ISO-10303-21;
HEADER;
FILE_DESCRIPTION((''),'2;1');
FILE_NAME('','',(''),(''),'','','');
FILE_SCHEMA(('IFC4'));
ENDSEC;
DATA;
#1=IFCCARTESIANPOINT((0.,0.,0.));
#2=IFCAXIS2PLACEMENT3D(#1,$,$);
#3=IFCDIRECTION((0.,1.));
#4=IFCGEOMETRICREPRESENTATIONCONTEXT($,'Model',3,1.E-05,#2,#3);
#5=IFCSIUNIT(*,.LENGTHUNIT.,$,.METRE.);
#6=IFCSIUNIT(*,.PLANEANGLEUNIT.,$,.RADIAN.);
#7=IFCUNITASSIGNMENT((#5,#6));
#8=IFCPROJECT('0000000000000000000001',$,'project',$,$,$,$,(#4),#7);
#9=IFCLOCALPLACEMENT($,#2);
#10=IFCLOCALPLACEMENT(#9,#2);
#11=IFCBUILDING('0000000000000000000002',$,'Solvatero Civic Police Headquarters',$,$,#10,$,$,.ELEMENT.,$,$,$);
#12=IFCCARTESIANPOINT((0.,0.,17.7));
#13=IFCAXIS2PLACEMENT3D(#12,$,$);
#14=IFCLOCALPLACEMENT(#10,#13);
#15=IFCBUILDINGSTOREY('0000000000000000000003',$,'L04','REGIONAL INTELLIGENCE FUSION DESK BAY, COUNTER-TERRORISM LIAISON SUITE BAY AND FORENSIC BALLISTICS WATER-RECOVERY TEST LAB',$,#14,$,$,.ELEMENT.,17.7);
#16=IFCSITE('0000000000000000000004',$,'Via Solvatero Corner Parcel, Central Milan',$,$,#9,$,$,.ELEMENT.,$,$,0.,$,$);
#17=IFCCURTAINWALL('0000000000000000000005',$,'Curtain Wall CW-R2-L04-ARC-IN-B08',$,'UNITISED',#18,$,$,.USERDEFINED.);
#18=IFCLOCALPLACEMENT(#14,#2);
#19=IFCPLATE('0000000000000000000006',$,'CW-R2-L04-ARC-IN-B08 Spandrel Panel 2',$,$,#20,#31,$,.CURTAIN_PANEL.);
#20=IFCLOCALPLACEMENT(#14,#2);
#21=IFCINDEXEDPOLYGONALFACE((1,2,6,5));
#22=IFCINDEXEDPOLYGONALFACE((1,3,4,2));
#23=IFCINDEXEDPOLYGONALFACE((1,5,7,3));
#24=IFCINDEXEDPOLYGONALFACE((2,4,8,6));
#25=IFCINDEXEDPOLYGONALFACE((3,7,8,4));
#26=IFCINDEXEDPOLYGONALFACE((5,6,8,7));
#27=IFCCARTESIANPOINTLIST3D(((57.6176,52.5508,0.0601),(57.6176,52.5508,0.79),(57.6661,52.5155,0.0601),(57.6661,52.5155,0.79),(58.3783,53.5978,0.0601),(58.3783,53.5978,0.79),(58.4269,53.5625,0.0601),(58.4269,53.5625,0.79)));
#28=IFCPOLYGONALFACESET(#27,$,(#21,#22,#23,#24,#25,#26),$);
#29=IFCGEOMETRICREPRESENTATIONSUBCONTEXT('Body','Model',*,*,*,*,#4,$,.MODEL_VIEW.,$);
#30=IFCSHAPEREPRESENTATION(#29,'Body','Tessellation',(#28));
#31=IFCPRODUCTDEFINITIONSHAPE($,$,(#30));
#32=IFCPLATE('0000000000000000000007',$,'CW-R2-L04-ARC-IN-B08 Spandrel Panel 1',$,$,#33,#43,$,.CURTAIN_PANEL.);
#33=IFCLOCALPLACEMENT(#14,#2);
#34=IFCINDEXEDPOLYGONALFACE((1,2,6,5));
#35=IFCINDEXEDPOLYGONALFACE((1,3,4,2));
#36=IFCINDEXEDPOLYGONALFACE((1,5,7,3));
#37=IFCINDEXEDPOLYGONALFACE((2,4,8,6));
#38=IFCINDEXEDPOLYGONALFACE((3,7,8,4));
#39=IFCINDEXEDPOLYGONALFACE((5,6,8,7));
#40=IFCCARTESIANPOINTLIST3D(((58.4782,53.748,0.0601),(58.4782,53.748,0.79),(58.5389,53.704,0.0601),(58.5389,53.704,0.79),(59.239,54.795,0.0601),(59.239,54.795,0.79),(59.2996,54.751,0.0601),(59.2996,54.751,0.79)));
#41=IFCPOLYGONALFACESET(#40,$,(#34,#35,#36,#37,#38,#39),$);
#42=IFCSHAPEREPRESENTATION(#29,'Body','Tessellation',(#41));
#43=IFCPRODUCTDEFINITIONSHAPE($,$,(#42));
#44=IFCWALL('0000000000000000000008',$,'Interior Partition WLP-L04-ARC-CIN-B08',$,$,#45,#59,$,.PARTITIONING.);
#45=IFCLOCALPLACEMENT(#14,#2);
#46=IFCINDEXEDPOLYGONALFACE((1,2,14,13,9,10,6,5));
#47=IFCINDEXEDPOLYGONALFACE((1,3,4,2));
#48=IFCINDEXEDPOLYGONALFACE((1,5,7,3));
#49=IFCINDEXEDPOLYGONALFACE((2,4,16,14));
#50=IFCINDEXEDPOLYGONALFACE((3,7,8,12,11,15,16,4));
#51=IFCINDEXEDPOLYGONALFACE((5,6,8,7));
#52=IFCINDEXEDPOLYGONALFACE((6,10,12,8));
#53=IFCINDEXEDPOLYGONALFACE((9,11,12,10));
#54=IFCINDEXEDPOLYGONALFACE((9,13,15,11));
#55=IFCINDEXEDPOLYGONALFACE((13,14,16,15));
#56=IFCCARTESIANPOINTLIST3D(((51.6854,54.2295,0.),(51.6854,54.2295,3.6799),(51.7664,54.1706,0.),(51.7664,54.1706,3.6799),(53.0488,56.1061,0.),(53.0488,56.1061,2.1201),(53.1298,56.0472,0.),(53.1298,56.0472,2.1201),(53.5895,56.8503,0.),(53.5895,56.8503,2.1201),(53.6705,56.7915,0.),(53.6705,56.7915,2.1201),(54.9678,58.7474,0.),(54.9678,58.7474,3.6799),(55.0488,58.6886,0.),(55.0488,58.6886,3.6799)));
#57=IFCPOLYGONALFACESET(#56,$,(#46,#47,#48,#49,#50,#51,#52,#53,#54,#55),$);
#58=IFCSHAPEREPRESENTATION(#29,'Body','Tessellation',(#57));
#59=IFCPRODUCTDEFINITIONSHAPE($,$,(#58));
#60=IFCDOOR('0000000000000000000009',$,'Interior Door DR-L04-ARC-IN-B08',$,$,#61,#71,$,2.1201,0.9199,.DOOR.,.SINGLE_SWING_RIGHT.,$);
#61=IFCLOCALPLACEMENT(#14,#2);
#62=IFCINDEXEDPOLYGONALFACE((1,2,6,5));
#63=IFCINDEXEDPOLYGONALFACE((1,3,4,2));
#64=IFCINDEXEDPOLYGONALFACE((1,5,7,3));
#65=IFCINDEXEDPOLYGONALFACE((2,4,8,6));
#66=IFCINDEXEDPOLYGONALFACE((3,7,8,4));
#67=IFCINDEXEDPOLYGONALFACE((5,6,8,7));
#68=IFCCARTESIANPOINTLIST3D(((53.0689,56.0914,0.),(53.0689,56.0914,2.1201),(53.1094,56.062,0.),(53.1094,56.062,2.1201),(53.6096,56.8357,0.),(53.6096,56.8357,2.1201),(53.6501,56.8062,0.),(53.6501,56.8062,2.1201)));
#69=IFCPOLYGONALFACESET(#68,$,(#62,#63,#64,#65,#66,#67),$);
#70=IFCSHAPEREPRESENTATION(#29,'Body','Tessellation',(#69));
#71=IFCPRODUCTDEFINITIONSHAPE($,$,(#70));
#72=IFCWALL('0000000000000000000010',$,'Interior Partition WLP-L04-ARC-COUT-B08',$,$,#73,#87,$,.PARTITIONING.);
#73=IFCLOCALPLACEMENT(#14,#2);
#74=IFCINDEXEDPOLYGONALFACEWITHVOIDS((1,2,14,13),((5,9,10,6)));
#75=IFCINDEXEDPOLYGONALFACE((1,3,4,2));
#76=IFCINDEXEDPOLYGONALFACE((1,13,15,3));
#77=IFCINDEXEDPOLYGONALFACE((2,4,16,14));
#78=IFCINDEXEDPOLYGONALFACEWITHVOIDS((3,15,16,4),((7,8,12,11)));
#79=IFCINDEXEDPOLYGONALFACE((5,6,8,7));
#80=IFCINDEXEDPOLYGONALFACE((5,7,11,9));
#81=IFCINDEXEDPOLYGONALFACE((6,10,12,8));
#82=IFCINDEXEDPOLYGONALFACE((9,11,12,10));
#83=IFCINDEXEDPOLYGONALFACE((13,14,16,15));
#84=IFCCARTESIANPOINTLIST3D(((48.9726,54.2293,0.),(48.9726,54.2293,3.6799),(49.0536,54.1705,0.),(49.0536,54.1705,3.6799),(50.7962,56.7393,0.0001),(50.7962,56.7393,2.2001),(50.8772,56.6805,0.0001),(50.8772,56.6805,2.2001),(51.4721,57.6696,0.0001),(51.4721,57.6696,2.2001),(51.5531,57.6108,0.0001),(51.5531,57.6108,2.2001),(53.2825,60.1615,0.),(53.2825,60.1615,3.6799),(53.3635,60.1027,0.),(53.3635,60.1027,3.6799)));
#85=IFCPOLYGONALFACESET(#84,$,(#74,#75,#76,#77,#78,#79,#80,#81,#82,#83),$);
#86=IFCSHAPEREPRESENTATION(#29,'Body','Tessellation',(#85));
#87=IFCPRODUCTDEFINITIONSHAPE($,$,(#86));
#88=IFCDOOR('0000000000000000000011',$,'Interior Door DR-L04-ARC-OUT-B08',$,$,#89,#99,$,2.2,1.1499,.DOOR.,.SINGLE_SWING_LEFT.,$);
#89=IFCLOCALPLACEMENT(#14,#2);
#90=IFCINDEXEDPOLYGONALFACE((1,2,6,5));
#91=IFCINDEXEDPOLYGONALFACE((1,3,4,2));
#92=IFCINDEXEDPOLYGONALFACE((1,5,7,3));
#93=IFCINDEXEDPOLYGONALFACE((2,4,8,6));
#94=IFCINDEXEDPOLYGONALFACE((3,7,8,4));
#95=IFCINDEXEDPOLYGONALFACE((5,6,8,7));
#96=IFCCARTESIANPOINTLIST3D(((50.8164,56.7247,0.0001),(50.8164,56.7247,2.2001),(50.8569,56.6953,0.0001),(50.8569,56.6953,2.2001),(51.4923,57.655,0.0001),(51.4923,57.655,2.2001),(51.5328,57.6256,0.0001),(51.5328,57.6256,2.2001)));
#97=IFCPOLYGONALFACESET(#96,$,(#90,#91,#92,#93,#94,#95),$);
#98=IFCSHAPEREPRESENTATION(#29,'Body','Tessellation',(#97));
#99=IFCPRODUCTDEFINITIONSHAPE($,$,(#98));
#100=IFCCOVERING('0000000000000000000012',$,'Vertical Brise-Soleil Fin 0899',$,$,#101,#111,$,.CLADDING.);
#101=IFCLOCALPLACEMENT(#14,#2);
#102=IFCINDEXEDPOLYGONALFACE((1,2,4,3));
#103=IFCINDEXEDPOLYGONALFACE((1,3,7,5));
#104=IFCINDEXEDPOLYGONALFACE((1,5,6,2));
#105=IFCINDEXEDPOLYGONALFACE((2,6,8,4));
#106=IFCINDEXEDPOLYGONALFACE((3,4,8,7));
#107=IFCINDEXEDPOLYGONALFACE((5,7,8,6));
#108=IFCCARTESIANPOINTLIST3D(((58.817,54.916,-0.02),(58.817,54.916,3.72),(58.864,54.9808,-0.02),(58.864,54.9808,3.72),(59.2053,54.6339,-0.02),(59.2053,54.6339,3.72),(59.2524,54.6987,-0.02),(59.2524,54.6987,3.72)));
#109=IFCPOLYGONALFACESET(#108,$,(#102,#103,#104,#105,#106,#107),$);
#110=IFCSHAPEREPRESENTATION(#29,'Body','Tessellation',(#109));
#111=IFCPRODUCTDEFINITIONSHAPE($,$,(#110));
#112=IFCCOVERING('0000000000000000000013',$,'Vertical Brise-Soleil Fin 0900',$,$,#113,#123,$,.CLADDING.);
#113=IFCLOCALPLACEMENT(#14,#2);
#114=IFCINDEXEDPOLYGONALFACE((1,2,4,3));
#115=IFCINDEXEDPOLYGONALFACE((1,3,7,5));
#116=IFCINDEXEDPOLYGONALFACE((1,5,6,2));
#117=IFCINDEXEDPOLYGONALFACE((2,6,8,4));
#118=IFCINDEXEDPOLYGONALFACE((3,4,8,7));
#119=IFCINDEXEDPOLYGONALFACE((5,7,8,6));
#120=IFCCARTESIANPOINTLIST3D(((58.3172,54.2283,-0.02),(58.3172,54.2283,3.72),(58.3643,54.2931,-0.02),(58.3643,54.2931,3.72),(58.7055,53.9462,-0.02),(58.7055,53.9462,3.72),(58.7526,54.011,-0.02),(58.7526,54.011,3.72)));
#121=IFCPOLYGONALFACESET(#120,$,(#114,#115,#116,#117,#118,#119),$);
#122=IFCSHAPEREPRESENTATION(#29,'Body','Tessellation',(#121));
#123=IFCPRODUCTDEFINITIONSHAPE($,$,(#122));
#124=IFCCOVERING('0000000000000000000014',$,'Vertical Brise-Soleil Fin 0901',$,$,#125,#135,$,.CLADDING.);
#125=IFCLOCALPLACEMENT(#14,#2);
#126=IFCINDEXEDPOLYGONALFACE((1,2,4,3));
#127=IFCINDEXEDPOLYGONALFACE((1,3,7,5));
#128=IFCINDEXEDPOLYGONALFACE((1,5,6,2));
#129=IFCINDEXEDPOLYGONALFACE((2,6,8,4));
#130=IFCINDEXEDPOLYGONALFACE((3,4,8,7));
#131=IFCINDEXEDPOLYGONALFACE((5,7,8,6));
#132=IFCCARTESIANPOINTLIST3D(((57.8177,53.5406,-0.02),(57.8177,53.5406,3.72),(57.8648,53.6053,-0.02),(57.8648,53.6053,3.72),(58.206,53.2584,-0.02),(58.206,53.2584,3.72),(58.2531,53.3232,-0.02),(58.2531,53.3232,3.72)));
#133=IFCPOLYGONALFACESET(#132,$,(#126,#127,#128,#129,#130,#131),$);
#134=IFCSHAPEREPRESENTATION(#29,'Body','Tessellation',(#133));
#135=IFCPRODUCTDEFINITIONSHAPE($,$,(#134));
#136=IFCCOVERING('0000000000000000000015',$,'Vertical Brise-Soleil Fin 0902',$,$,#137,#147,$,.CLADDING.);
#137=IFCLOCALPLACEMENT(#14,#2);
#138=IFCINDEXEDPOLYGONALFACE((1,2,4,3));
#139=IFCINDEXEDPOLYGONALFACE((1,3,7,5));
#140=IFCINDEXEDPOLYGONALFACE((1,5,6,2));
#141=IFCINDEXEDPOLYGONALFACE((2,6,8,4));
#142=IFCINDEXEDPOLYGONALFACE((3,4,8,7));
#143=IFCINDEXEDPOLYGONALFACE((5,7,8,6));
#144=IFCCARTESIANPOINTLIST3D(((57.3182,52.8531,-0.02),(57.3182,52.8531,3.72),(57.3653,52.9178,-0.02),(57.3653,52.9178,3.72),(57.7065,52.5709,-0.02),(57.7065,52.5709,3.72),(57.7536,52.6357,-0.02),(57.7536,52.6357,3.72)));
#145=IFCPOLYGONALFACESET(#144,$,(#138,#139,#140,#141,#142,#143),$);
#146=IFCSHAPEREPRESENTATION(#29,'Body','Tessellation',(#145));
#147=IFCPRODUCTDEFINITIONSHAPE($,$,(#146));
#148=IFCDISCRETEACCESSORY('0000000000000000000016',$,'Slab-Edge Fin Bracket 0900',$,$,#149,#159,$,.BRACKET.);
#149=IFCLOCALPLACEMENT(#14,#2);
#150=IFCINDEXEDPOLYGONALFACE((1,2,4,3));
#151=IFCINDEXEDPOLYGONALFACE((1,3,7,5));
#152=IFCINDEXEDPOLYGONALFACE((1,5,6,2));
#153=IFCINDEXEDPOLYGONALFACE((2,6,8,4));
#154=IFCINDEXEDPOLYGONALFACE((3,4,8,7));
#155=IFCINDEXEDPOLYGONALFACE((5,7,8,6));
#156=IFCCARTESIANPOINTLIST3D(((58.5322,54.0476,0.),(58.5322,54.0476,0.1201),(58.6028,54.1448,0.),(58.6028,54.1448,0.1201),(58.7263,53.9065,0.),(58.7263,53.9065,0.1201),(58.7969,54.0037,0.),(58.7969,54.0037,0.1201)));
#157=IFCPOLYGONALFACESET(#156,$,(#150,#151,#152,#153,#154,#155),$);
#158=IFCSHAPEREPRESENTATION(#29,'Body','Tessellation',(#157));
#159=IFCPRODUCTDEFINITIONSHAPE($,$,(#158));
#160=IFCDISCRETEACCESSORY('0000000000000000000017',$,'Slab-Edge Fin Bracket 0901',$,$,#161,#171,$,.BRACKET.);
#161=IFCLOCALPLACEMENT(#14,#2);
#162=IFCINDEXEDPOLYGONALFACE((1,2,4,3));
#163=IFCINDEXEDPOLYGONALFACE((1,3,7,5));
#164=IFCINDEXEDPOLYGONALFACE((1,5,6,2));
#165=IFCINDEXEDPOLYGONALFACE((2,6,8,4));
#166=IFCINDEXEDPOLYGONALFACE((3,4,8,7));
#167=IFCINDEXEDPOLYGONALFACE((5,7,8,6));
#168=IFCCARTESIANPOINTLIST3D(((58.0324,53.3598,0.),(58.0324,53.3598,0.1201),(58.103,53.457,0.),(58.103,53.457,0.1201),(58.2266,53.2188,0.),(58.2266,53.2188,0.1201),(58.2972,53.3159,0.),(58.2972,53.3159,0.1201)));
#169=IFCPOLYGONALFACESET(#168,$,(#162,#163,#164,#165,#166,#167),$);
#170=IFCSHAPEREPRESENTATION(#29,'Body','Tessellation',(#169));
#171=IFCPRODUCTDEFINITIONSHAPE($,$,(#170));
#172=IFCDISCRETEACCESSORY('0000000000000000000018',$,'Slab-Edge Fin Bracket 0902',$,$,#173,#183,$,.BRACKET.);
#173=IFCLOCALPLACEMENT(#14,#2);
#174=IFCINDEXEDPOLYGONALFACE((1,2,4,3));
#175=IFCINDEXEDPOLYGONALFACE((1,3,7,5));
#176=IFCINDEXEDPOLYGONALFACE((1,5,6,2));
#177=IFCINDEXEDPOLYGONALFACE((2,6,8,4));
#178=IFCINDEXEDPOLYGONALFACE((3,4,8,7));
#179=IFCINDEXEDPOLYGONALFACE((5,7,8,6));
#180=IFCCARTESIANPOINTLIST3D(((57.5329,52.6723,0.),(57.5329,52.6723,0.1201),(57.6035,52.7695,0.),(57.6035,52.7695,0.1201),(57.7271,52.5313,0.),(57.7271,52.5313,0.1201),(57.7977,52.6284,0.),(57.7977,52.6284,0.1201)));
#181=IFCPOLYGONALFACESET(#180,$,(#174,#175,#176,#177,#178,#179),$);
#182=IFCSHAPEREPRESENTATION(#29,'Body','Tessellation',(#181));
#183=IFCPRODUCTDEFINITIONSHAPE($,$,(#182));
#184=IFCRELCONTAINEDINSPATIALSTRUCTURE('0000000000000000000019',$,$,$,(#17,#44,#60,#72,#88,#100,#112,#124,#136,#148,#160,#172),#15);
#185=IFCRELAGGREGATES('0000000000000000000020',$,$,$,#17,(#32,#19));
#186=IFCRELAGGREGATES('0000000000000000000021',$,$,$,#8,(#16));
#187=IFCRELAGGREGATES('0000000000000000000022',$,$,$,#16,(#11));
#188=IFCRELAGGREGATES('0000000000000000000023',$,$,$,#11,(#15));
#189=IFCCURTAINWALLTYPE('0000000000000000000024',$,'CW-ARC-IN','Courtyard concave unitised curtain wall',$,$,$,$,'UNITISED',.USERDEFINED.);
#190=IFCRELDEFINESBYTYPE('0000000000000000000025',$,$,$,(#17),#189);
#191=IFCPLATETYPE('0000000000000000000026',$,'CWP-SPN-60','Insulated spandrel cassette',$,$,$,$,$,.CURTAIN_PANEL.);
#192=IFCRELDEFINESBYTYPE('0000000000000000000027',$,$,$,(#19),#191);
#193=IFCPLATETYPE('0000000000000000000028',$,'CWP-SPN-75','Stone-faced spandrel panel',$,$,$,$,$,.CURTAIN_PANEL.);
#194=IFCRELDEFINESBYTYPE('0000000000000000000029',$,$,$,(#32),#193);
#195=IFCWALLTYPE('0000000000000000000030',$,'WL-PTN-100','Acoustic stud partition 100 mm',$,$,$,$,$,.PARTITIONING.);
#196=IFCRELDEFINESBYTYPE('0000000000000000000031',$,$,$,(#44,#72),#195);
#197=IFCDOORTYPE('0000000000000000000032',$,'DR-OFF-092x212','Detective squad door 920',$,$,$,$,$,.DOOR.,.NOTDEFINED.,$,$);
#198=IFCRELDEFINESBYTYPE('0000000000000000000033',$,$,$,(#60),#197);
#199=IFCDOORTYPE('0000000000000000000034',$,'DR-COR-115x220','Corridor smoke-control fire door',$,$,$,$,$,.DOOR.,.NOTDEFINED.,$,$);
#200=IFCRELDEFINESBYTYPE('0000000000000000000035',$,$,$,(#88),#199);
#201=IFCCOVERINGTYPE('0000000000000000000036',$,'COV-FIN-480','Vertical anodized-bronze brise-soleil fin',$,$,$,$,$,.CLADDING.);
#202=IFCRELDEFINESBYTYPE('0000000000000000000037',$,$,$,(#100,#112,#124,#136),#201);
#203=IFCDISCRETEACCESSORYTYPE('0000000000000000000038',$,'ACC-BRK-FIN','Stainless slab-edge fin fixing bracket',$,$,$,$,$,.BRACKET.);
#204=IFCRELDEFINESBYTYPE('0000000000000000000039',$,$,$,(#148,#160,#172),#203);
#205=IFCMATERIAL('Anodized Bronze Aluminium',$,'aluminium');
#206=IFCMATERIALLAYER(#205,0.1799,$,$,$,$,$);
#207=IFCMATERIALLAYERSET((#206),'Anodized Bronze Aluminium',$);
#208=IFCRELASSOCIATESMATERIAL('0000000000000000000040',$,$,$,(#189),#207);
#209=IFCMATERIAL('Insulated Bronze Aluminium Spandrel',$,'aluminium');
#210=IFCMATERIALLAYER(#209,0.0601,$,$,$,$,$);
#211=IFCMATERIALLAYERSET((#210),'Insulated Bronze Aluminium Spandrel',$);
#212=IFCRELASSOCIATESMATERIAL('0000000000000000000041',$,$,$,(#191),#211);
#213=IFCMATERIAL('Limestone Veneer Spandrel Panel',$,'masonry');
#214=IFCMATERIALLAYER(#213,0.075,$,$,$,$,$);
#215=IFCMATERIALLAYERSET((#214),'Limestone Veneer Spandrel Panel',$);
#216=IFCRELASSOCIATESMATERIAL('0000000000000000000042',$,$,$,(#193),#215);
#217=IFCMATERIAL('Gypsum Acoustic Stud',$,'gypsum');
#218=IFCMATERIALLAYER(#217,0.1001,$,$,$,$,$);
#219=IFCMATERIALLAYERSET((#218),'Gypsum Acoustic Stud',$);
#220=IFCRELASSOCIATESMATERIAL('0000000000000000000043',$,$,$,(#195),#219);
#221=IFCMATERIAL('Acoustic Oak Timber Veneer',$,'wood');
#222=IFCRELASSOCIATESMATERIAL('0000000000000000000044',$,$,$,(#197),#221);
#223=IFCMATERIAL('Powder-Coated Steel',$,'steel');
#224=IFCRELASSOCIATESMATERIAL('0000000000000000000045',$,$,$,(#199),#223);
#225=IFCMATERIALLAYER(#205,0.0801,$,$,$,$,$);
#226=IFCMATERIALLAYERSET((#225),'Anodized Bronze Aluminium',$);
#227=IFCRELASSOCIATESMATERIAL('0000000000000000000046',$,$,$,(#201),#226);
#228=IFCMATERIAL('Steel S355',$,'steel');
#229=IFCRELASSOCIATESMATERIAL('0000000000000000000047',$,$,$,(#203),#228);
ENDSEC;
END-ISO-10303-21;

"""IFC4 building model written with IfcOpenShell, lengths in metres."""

from ifc_helpers import new_model, si_unit, direction, frame, frame_2d, origin, origin_2d, place, context, subcontext, project, spatial, rectangle, extrude, material, layer, layer_set, type_object, element, fill, aggregate, save


model = new_model("IFC4")

# Units and contexts
model_context = context("Model", 3, precision=1e-05, world=origin(), true_north=direction((0.0, 1.0)))
body_context = subcontext(model_context, "Body", "Model", "MODEL_VIEW")
ifc_project = project(units=[si_unit("LENGTHUNIT", "METRE"), si_unit("PLANEANGLEUNIT", "RADIAN")], contexts=[model_context])

# Site, building, storey
site_placement = place(None, origin())
site = spatial("IfcSite", under=ifc_project, at=site_placement, Name="Via Solvatero Corner Parcel, Central Milan", CompositionType="ELEMENT", RefElevation=0.0)
building_placement = place(site_placement, origin())
building = spatial("IfcBuilding", under=site, at=building_placement, Name="Solvatero Civic Police Headquarters", CompositionType="ELEMENT")
storey_placement = place(building_placement, frame((0.0, 0.0, 17.7)))
storey = spatial("IfcBuildingStorey", under=building, at=storey_placement, Name="L04", Description="REGIONAL INTELLIGENCE FUSION DESK BAY, COUNTER-TERRORISM LIAISON SUITE BAY AND FORENSIC BALLISTICS WATER-RECOVERY TEST LAB", CompositionType="ELEMENT", Elevation=17.7)

# Shared definitions
ifc_material_1 = material(Name="Steel S355", Category="steel")

# Curtain wall, plates
ifc_material_2 = material(Name="Anodized Bronze Aluminium", Category="aluminium")
ifc_layer_1 = layer(ifc_material_2, 0.1799)
ifc_layer_set_1 = layer_set([ifc_layer_1], Name="Anodized Bronze Aluminium")
curtain_wall_type = type_object("IfcCurtainWallType", Name="CW-ARC-IN", Description="Courtyard concave unitised curtain wall", ElementType="UNITISED", PredefinedType="USERDEFINED", material=ifc_layer_set_1)
curtain_wall_placement = place(storey_placement, origin())
curtain_wall = element("IfcCurtainWall", 1, at=curtain_wall_placement, inside=storey, type_object=curtain_wall_type, Name="Curtain Wall CW-R2-L04-ARC-IN-B08", ObjectType="UNITISED", PredefinedType="USERDEFINED")
ifc_material_3 = material(Name="Insulated Bronze Aluminium Spandrel", Category="aluminium")
ifc_layer_2 = layer(ifc_material_3, 0.0601)
ifc_layer_set_2 = layer_set([ifc_layer_2], Name="Insulated Bronze Aluminium Spandrel")
plate_type_1 = type_object("IfcPlateType", Name="CWP-SPN-60", Description="Insulated spandrel cassette", PredefinedType="CURTAIN_PANEL", material=ifc_layer_set_2)
plate_1_placement = place(storey_placement, frame((58.0222, 53.0566, 0.0601), z_axis=(0.0, 0.0, 1.0), x_axis=(-0.587799, -0.809007, 0.0)))
plate_1 = element("IfcPlate", 2, at=plate_1_placement, type_object=plate_type_1, Name="CW-R2-L04-ARC-IN-B08 Spandrel Panel 2", PredefinedType="CURTAIN_PANEL", context=body_context, shape_type="SweptSolid", body=[
    extrude(rectangle(XDim=1.2942, YDim=0.0601, at=origin_2d()), origin(), (0.0, 0.0, 1.0), 0.73),
])
ifc_material_4 = material(Name="Limestone Veneer Spandrel Panel", Category="masonry")
ifc_layer_3 = layer(ifc_material_4, 0.075)
ifc_layer_set_3 = layer_set([ifc_layer_3], Name="Limestone Veneer Spandrel Panel")
plate_type_2 = type_object("IfcPlateType", Name="CWP-SPN-75", Description="Stone-faced spandrel panel", PredefinedType="CURTAIN_PANEL", material=ifc_layer_set_3)
plate_2_placement = place(storey_placement, frame((58.8889, 54.2495, 0.0601), z_axis=(0.0, 0.0, 1.0), x_axis=(-0.587799, -0.809007, 0.0)))
plate_2 = element("IfcPlate", 3, at=plate_2_placement, type_object=plate_type_2, Name="CW-R2-L04-ARC-IN-B08 Spandrel Panel 1", PredefinedType="CURTAIN_PANEL", context=body_context, shape_type="SweptSolid", body=[
    extrude(rectangle(XDim=1.2942, YDim=0.075, at=origin_2d()), origin(), (0.0, 0.0, 1.0), 0.73),
])
aggregate(curtain_wall, [plate_2, plate_1])

# Walls, openings, doors
ifc_material_5 = material(Name="Gypsum Acoustic Stud", Category="gypsum")
ifc_layer_4 = layer(ifc_material_5, 0.1001)
ifc_layer_set_4 = layer_set([ifc_layer_4], Name="Gypsum Acoustic Stud")
wall_type = type_object("IfcWallType", Name="WL-PTN-100", Description="Acoustic stud partition 100 mm", PredefinedType="PARTITIONING", material=ifc_layer_set_4)
wall_1_placement = place(storey_placement, frame((55.0083, 58.718, 0.0), z_axis=(0.0, 0.0, 1.0), x_axis=(-0.587774, -0.809025, 0.0)))
wall_1 = element("IfcWall", 4, at=wall_1_placement, inside=storey, type_object=wall_type, Name="Interior Partition WLP-L04-ARC-CIN-B08", PredefinedType="PARTITIONING", context=body_context, shape_type="SweptSolid", body=[
    extrude(rectangle(XDim=5.5845, YDim=0.1001, at=frame_2d((2.7922, 0.0))), origin(), (0.0, 0.0, 1.0), 3.6799),
])
opening_1_placement = place(wall_1_placement, frame((2.345, 0.0, 0.0)))
opening_1 = element("IfcOpeningElement", 5, at=opening_1_placement, cuts=wall_1, PredefinedType="OPENING", context=body_context, shape_type="SweptSolid", body=[
    extrude(rectangle(XDim=0.9199, YDim=2.1201, at=frame_2d((0.46, 1.0601))), frame((0.0, 0.0601, 0.0), z_axis=(0.0, -1.0, 0.0), x_axis=(1.0, 0.0, 0.0)), (0.0, 0.0, 1.0), 0.1201),
])
ifc_material_6 = material(Name="Acoustic Oak Timber Veneer", Category="wood")
door_type_1 = type_object("IfcDoorType", Name="DR-OFF-092x212", Description="Detective squad door 920", OperationType="NOTDEFINED", PredefinedType="DOOR", material=ifc_material_6)
door_1_placement = place(opening_1_placement, origin())
door_1 = element("IfcDoor", 6, at=door_1_placement, inside=storey, type_object=door_type_1, Name="Interior Door DR-L04-ARC-IN-B08", OperationType="SINGLE_SWING_RIGHT", OverallHeight=2.1201, OverallWidth=0.9199, PredefinedType="DOOR", context=body_context, shape_type="SweptSolid", body=[
    extrude(rectangle(XDim=0.9199, YDim=2.1201, at=frame_2d((0.46, 1.0601))), frame((0.0, 0.0249, 0.0), z_axis=(0.0, -1.0, 0.0), x_axis=(1.0, 0.0, 0.0)), (0.0, 0.0, 1.0), 0.05),
])
fill(opening_1, door_1)
wall_2_placement = place(storey_placement, frame((53.323, 60.1321, 0.0), z_axis=(0.0, 0.0, 1.0), x_axis=(-0.587774, -0.809025, 0.0)))
wall_2 = element("IfcWall", 7, at=wall_2_placement, inside=storey, type_object=wall_type, Name="Interior Partition WLP-L04-ARC-COUT-B08", PredefinedType="PARTITIONING", context=body_context, shape_type="SweptSolid", body=[
    extrude(rectangle(XDim=7.3325, YDim=0.1001, at=frame_2d((3.6663, 0.0))), origin(), (0.0, 0.0, 1.0), 3.6799),
])
opening_2_placement = place(wall_2_placement, frame((3.0801, 0.0, 0.0)))
opening_2 = element("IfcOpeningElement", 8, at=opening_2_placement, cuts=wall_2, PredefinedType="OPENING", context=body_context, shape_type="SweptSolid", body=[
    extrude(rectangle(XDim=1.1499, YDim=2.2, at=frame_2d((0.575, 1.1001))), frame((0.0, 0.0601, 0.0), z_axis=(0.0, -1.0, 0.0), x_axis=(1.0, 0.0, 0.0)), (0.0, 0.0, 1.0), 0.1201),
])
ifc_material_7 = material(Name="Powder-Coated Steel", Category="steel")
door_type_2 = type_object("IfcDoorType", Name="DR-COR-115x220", Description="Corridor smoke-control fire door", OperationType="NOTDEFINED", PredefinedType="DOOR", material=ifc_material_7)
door_2_placement = place(opening_2_placement, origin())
door_2 = element("IfcDoor", 9, at=door_2_placement, inside=storey, type_object=door_type_2, Name="Interior Door DR-L04-ARC-OUT-B08", OperationType="SINGLE_SWING_LEFT", OverallHeight=2.2, OverallWidth=1.1499, PredefinedType="DOOR", context=body_context, shape_type="SweptSolid", body=[
    extrude(rectangle(XDim=1.1499, YDim=2.2, at=frame_2d((0.575, 1.1001))), frame((0.0, 0.0249, 0.0), z_axis=(0.0, -1.0, 0.0), x_axis=(1.0, 0.0, 0.0)), (0.0, 0.0, 1.0), 0.05),
])
fill(opening_2, door_2)

# Coverings
ifc_layer_5 = layer(ifc_material_2, 0.0801)
ifc_layer_set_5 = layer_set([ifc_layer_5], Name="Anodized Bronze Aluminium")
covering_type = type_object("IfcCoveringType", Name="COV-FIN-480", Description="Vertical anodized-bronze brise-soleil fin", PredefinedType="CLADDING", material=ifc_layer_set_5)
for number, where, z_axis, x_axis, name in (
    (10, (59.0347, 54.8074, -0.02), (0.0, 0.0, 1.0), (-0.587799, -0.809007, 0.0), "Vertical Brise-Soleil Fin 0899"),
    (11, (58.5349, 54.1196, -0.02), (0.0, 0.0, 1.0), (-0.587799, -0.809007, 0.0), "Vertical Brise-Soleil Fin 0900"),
    (12, (58.0354, 53.4319, -0.02), (0.0, 0.0, 1.0), (-0.587799, -0.809007, 0.0), "Vertical Brise-Soleil Fin 0901"),
    (13, (57.5359, 52.7444, -0.02), (0.0, 0.0, 1.0), (-0.587799, -0.809007, 0.0), "Vertical Brise-Soleil Fin 0902"),
):
    element("IfcCovering", number, at=place(storey_placement, frame(where, z_axis=z_axis, x_axis=x_axis)), inside=storey, type_object=covering_type, Name=name, PredefinedType="CLADDING", context=body_context, shape_type="SweptSolid", body=[
        extrude(rectangle(XDim=0.0801, YDim=0.48, at=origin_2d()), origin(), (0.0, 0.0, 1.0), 3.74),
    ])

# Discrete accessories
discrete_accessory_type = type_object("IfcDiscreteAccessoryType", Name="ACC-BRK-FIN", Description="Stainless slab-edge fin fixing bracket", PredefinedType="BRACKET", material=ifc_material_1)
for number, where, z_axis, x_axis, name in (
    (14, (58.6646, 54.0256, 0.0), (0.0, 0.0, 1.0), (-0.587799, -0.809007, 0.0), "Slab-Edge Fin Bracket 0900"),
    (15, (58.1648, 53.3379, 0.0), (0.0, 0.0, 1.0), (-0.587799, -0.809007, 0.0), "Slab-Edge Fin Bracket 0901"),
    (16, (57.6653, 52.6504, 0.0), (0.0, 0.0, 1.0), (-0.587799, -0.809007, 0.0), "Slab-Edge Fin Bracket 0902"),
):
    element("IfcDiscreteAccessory", number, at=place(storey_placement, frame(where, z_axis=z_axis, x_axis=x_axis)), inside=storey, type_object=discrete_accessory_type, Name=name, PredefinedType="BRACKET", context=body_context, shape_type="SweptSolid", body=[
        extrude(rectangle(XDim=0.1201, YDim=0.24, at=origin_2d()), origin(), (0.0, 0.0, 1.0), 0.1201),
    ])

save(model, "model.ifc")
